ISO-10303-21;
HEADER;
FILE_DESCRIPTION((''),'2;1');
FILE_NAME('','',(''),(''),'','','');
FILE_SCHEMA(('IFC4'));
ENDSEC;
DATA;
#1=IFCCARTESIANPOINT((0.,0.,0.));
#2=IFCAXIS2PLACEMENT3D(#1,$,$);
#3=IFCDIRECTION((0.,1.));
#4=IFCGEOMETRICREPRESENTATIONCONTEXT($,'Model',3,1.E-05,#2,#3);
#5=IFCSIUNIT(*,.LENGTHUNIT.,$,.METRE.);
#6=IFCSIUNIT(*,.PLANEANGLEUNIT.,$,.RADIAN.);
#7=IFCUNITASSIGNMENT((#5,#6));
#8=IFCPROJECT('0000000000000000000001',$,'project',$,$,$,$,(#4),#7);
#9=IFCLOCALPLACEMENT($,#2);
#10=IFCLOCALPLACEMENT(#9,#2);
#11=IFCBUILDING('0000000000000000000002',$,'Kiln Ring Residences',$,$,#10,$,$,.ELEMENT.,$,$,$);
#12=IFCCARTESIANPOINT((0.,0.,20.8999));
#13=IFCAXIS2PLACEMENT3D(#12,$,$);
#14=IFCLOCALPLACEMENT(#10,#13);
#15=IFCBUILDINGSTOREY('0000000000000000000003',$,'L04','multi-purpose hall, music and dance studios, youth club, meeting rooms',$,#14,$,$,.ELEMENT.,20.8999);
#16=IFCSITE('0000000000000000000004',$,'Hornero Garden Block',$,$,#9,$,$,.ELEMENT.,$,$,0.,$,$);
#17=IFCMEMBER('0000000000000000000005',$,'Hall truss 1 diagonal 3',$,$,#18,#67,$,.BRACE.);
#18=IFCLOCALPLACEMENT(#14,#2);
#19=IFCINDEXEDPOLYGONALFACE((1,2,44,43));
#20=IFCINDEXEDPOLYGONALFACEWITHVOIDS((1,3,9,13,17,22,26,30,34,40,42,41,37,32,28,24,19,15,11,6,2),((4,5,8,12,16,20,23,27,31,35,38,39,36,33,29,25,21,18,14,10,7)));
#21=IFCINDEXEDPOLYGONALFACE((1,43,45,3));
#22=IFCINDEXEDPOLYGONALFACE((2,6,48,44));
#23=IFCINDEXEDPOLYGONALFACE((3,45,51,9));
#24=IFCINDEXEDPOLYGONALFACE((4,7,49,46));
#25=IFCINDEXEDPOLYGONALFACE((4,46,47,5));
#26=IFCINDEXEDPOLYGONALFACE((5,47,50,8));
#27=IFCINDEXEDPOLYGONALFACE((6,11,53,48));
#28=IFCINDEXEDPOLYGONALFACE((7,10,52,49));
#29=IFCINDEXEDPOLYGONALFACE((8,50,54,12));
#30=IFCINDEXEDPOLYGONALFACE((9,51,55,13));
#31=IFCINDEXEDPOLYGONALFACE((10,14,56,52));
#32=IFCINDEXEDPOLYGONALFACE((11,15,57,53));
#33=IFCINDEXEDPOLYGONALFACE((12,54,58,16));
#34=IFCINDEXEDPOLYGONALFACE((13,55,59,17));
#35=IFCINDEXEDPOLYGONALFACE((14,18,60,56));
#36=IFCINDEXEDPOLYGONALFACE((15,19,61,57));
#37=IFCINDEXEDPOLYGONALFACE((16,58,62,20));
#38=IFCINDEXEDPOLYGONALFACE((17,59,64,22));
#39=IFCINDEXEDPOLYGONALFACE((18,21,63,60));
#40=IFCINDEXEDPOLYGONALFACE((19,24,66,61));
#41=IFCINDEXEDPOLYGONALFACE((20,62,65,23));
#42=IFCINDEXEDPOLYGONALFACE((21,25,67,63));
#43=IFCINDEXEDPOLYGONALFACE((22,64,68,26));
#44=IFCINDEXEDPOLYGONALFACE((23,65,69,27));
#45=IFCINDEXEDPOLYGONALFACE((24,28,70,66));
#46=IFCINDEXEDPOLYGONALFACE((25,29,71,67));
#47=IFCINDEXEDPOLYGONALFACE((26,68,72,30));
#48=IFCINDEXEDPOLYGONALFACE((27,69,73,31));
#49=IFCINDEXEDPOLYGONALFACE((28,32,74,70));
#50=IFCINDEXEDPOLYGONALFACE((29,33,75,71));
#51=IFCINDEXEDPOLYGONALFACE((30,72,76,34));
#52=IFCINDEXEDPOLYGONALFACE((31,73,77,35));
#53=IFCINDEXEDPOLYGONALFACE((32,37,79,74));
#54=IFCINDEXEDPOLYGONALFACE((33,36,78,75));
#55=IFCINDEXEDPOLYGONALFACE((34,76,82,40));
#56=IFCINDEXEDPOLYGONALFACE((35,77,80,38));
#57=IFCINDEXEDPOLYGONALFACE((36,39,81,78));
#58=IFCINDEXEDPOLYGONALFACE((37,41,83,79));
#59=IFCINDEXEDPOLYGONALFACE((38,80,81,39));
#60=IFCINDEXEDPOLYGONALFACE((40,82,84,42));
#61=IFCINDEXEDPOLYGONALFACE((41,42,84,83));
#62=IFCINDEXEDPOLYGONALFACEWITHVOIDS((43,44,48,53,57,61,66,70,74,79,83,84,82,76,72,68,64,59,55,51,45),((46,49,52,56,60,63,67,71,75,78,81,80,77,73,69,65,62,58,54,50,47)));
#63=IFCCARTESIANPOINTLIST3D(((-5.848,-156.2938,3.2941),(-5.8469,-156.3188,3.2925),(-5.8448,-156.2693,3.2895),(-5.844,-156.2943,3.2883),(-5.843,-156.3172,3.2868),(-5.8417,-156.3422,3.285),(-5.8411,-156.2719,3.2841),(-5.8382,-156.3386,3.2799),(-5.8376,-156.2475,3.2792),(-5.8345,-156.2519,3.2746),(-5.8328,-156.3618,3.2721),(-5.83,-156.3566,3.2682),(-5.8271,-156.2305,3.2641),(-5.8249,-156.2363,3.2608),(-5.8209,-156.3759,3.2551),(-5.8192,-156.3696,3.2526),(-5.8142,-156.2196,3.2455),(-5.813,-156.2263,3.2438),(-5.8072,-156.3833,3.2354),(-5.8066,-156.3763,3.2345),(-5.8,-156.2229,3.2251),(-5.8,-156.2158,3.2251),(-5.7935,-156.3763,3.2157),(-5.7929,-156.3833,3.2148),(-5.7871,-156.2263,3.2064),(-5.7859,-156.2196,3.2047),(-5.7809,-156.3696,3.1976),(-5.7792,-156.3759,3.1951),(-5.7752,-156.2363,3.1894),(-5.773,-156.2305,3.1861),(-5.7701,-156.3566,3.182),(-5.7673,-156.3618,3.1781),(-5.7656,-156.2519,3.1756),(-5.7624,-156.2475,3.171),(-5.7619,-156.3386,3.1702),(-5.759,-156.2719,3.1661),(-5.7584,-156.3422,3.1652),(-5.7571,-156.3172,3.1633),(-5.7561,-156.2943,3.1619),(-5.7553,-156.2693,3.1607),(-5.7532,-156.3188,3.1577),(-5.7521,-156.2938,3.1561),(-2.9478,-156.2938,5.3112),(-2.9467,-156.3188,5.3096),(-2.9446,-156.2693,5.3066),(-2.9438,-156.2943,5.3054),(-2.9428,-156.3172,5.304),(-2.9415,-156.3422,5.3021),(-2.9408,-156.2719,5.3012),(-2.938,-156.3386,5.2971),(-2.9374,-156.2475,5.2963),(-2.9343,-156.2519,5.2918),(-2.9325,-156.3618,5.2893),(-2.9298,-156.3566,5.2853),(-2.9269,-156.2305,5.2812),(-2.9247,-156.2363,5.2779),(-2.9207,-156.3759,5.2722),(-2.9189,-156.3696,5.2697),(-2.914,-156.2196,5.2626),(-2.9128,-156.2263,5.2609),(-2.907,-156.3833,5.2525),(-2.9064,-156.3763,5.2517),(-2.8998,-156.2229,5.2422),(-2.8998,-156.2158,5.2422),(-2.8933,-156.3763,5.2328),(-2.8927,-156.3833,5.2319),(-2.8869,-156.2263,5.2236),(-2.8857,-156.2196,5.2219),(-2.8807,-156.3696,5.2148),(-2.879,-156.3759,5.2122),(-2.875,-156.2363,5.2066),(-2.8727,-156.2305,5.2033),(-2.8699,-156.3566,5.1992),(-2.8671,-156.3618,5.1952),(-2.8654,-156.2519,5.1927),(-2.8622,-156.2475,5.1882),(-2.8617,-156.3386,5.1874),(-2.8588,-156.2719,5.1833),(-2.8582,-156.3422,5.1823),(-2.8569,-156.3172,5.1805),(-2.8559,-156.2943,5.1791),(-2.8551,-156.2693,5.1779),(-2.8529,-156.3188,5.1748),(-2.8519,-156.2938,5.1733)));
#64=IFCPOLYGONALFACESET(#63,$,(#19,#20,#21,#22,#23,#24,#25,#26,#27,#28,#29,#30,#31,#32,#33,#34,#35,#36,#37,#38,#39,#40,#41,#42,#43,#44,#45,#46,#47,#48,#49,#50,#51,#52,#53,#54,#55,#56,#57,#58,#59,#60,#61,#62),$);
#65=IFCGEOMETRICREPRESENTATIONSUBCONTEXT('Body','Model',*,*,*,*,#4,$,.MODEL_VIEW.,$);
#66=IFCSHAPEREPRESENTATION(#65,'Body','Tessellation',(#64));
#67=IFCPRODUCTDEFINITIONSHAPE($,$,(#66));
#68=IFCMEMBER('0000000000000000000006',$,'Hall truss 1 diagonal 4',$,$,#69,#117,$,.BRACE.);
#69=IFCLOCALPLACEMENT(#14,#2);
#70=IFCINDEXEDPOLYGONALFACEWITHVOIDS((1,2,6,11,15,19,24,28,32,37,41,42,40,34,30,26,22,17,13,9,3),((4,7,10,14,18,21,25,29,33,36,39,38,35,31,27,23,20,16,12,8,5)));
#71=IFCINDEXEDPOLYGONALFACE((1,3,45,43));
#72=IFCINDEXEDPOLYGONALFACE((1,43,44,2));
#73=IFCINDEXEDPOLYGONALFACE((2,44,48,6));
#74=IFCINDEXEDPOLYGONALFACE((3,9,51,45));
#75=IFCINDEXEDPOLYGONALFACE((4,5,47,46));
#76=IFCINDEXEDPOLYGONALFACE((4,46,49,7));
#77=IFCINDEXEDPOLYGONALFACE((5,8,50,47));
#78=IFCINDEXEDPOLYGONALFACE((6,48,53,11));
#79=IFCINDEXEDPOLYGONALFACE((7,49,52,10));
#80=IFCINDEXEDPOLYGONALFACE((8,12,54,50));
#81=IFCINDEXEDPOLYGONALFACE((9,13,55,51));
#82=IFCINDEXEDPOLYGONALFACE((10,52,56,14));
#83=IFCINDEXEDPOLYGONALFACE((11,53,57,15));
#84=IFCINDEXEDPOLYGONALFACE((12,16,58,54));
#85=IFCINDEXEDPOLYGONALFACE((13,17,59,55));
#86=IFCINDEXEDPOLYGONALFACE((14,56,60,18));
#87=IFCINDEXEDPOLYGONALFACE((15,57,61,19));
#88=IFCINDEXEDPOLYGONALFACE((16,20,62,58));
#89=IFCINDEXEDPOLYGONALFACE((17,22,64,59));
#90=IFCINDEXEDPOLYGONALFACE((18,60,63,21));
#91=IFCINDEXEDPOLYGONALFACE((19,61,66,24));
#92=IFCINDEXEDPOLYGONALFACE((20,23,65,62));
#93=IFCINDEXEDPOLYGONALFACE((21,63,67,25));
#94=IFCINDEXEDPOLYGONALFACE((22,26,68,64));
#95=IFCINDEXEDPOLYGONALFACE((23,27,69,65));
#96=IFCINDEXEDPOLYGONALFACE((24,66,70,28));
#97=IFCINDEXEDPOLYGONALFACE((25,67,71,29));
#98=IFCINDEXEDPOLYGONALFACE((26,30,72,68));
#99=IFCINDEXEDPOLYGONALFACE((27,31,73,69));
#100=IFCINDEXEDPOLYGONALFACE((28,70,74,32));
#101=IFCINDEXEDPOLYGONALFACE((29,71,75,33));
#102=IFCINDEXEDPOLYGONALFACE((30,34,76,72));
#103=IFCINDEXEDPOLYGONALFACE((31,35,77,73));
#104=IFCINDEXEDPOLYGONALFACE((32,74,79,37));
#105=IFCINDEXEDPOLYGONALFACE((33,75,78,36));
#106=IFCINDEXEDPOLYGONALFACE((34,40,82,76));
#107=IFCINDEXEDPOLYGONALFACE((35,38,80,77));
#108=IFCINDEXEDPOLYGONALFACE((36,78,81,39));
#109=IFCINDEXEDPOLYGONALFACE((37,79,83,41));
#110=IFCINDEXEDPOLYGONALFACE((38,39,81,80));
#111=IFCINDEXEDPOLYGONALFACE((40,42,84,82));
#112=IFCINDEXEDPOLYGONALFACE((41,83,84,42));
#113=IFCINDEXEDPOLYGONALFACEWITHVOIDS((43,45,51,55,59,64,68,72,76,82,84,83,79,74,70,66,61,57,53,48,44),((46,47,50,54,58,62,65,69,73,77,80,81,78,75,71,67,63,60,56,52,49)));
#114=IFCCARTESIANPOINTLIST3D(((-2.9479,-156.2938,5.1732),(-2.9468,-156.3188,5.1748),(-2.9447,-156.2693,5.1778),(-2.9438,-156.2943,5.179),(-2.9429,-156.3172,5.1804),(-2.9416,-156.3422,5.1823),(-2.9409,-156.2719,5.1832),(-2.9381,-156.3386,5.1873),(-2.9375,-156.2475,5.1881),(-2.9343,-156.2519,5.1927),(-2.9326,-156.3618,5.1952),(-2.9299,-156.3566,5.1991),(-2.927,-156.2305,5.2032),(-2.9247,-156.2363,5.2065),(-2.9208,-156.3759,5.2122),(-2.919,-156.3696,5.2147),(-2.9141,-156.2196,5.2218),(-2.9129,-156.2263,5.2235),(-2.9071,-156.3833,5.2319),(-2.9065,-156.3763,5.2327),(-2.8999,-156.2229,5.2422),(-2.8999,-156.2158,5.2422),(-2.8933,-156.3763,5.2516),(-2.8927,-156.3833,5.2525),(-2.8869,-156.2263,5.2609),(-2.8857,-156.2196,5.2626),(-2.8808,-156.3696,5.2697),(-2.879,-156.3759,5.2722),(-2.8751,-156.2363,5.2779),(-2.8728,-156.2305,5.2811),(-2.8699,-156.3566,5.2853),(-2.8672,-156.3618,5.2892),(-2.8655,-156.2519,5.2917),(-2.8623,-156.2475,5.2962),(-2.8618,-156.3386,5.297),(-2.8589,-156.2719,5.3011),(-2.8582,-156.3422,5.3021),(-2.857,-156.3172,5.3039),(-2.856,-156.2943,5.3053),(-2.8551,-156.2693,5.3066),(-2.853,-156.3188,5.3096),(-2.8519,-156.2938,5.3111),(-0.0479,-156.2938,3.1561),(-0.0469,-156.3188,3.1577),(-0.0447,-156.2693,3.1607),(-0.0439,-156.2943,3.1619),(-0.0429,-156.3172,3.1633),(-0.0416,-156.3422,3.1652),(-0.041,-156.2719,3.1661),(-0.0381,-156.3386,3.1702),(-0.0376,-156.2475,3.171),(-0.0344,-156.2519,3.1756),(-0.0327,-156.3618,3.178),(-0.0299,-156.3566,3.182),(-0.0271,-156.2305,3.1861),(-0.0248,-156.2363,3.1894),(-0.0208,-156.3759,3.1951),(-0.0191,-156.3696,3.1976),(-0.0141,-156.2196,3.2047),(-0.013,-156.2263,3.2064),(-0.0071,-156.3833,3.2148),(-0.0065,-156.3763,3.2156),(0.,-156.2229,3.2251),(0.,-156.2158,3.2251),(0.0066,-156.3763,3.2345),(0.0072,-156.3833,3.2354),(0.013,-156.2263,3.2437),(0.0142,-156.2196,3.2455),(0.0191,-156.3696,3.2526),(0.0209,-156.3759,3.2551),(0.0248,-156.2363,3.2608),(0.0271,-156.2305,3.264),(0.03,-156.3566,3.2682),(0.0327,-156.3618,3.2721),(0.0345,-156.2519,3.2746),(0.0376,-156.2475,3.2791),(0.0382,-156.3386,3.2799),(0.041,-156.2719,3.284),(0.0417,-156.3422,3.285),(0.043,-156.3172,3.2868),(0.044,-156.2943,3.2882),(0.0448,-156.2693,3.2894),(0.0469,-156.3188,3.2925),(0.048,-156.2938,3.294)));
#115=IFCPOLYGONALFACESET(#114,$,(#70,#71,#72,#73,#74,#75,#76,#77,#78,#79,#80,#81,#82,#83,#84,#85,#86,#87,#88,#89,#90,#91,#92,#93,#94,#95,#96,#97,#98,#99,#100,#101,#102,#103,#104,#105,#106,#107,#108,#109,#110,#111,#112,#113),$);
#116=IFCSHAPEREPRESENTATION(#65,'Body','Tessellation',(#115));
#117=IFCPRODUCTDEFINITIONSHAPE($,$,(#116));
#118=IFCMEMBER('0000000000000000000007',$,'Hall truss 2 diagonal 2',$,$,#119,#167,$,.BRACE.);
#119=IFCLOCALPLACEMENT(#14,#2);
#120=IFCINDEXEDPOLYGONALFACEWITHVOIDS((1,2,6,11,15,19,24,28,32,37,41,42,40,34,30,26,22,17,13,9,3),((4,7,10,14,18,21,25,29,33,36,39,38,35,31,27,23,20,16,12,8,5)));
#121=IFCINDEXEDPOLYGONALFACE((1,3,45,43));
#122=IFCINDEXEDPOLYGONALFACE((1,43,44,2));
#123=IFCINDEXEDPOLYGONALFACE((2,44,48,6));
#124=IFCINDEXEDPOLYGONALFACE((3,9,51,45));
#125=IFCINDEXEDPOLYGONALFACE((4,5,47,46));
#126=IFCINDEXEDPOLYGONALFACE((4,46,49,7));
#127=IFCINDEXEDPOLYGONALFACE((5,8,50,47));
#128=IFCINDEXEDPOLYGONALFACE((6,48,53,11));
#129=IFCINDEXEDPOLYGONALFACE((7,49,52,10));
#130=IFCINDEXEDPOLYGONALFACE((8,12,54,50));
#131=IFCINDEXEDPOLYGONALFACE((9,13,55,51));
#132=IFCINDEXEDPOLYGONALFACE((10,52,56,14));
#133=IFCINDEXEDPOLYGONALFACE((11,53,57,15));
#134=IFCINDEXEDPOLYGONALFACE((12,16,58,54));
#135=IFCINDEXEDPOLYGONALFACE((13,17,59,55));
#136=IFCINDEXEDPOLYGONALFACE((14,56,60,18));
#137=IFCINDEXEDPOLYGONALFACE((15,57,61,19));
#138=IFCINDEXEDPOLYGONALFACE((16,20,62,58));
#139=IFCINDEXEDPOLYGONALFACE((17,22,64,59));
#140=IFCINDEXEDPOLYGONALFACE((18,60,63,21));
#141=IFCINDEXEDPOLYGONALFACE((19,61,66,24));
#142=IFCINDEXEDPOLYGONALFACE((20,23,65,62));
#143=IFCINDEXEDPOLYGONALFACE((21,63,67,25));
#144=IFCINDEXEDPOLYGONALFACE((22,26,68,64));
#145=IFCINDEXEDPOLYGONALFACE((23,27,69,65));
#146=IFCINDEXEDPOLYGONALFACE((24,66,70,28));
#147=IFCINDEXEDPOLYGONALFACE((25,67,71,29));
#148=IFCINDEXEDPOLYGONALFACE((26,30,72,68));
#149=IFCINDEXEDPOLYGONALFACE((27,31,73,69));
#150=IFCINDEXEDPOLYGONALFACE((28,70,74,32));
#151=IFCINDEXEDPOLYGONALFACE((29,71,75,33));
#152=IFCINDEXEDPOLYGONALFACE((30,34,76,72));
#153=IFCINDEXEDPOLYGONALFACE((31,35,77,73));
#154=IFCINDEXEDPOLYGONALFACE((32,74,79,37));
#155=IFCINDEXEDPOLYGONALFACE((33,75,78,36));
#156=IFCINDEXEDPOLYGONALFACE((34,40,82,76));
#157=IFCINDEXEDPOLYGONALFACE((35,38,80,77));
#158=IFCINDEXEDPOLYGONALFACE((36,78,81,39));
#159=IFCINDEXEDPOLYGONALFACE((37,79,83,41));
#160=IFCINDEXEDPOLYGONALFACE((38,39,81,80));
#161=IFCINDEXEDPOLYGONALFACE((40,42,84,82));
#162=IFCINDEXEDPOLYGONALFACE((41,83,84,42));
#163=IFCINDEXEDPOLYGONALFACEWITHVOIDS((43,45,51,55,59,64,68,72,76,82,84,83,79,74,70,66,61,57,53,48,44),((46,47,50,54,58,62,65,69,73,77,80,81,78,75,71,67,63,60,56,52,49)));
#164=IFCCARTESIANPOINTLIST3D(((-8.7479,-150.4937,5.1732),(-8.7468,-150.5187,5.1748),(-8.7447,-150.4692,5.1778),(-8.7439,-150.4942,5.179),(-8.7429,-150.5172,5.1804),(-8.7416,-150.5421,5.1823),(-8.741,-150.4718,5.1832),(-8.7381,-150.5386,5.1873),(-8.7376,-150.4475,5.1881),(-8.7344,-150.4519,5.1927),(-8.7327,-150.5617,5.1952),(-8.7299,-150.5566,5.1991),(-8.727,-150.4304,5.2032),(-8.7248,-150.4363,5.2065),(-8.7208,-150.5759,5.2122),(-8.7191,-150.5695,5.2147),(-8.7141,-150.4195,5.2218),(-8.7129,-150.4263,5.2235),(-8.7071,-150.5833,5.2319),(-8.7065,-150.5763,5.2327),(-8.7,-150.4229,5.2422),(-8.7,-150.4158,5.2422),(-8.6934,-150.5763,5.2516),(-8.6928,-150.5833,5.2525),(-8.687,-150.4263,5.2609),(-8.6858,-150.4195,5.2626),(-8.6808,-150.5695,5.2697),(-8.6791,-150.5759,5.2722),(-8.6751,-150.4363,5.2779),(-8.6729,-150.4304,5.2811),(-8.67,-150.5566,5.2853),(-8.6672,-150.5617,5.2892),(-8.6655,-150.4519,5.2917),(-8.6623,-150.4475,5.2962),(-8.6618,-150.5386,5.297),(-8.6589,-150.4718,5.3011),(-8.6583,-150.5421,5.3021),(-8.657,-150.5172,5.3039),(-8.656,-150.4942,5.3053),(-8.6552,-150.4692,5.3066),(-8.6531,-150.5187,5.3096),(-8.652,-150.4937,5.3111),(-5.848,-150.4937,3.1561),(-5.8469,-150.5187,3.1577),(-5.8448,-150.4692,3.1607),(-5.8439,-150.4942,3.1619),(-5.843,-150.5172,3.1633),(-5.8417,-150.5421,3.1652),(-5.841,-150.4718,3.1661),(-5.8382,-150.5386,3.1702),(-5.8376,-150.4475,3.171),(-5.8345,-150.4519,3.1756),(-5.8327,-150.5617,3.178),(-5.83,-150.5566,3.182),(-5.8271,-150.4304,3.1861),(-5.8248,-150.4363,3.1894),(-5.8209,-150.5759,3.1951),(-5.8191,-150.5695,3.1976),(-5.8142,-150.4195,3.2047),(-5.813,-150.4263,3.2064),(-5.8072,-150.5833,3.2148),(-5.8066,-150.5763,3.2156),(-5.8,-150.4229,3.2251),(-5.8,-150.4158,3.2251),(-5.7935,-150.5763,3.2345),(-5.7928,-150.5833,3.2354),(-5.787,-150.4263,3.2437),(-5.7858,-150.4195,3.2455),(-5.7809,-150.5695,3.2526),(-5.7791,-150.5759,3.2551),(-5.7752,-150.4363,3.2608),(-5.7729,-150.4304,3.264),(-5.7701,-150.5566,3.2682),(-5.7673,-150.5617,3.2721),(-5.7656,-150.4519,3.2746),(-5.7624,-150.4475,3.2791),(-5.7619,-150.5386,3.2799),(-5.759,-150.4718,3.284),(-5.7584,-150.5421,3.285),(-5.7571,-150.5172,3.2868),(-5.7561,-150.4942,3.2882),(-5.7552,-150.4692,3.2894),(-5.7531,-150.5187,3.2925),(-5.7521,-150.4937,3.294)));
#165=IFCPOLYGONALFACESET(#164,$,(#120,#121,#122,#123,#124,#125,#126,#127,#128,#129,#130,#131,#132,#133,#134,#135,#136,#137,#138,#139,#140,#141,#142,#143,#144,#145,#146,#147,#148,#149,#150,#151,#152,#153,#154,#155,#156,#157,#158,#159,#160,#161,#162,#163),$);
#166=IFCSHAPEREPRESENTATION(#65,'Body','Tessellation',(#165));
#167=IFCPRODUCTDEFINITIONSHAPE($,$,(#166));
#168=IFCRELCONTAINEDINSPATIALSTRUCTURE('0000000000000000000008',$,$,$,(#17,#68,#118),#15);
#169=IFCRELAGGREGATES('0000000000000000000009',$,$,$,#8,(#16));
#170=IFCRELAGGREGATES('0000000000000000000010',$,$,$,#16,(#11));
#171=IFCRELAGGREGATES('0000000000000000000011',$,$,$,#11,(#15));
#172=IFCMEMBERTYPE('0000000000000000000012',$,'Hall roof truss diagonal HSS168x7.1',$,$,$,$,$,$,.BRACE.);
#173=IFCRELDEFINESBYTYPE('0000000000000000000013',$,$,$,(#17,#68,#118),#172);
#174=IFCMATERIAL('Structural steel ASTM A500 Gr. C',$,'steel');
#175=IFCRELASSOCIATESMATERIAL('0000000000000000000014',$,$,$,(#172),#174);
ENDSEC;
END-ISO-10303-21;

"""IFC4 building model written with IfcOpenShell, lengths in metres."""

from ifc_helpers import new_model, si_unit, direction, frame, origin, origin_2d, place, context, subcontext, project, spatial, hollow_circle, extrude, material, material_profile, profile_set, type_object, element, save


model = new_model("IFC4")

# Units and contexts
model_context = context("Model", 3, precision=1e-05, world=origin(), true_north=direction((0.0, 1.0)))
body_context = subcontext(model_context, "Body", "Model", "MODEL_VIEW")
ifc_project = project(units=[si_unit("LENGTHUNIT", "METRE"), si_unit("PLANEANGLEUNIT", "RADIAN")], contexts=[model_context])

# Site, building, storey
site_placement = place(None, origin())
site = spatial("IfcSite", under=ifc_project, at=site_placement, Name="Hornero Garden Block", CompositionType="ELEMENT", RefElevation=0.0)
building_placement = place(site_placement, origin())
building = spatial("IfcBuilding", under=site, at=building_placement, Name="Kiln Ring Residences", CompositionType="ELEMENT")
storey_placement = place(building_placement, frame((0.0, 0.0, 20.8999)))
storey = spatial("IfcBuildingStorey", under=building, at=storey_placement, Name="L04", Description="multi-purpose hall, music and dance studios, youth club, meeting rooms", CompositionType="ELEMENT", Elevation=20.8999)

# Members
ifc_material_1 = material(Name="Structural steel ASTM A500 Gr. C", Category="steel")
ifc_material_profile_1 = material_profile(ifc_material_1, hollow_circle(Radius=0.0842, WallThickness=0.0071, at=origin_2d()), Name="HSS168x7.1")
ifc_profile_set_1 = profile_set([ifc_material_profile_1], Name="Structural steel ASTM A500 Gr. C")
member_type_1 = type_object("IfcMemberType", Name="Hall roof truss diagonal HSS168x7.1", PredefinedType="BRACE", material=ifc_profile_set_1)
member_1_placement = place(storey_placement, frame((-5.8, -156.3, 3.2251), z_axis=(0.820959, 0.0, 0.570988), x_axis=(0.0, 1.0, 0.0)))
element("IfcMember", 1, at=member_1_placement, inside=storey, type_object=member_type_1, Name="Hall truss 1 diagonal 3", PredefinedType="BRACE", context=body_context, shape_type="SweptSolid", body=[
    extrude(hollow_circle(Radius=0.0842, WallThickness=0.0071, at=origin_2d()), origin(), (0.0, 0.0, 1.0), 3.5327),
])
for number, where, z_axis, x_axis, name in (
    (2, (-2.8999, -156.3, 5.2422), (0.820936, 0.0, -0.57102), (0.0, 1.0, 0.0), "Hall truss 1 diagonal 4"),
    (3, (-8.7, -150.5, 5.2422), (0.820936, 0.0, -0.57102), (0.0, 1.0, 0.0), "Hall truss 2 diagonal 2"),
):
    element("IfcMember", number, at=place(storey_placement, frame(where, z_axis=z_axis, x_axis=x_axis)), inside=storey, type_object=member_type_1, Name=name, PredefinedType="BRACE", context=body_context, shape_type="SweptSolid", body=[
        extrude(hollow_circle(Radius=0.0842, WallThickness=0.0071, at=origin_2d()), origin(), (0.0, 0.0, 1.0), 3.5325),
    ])

save(model, "model.ifc")
